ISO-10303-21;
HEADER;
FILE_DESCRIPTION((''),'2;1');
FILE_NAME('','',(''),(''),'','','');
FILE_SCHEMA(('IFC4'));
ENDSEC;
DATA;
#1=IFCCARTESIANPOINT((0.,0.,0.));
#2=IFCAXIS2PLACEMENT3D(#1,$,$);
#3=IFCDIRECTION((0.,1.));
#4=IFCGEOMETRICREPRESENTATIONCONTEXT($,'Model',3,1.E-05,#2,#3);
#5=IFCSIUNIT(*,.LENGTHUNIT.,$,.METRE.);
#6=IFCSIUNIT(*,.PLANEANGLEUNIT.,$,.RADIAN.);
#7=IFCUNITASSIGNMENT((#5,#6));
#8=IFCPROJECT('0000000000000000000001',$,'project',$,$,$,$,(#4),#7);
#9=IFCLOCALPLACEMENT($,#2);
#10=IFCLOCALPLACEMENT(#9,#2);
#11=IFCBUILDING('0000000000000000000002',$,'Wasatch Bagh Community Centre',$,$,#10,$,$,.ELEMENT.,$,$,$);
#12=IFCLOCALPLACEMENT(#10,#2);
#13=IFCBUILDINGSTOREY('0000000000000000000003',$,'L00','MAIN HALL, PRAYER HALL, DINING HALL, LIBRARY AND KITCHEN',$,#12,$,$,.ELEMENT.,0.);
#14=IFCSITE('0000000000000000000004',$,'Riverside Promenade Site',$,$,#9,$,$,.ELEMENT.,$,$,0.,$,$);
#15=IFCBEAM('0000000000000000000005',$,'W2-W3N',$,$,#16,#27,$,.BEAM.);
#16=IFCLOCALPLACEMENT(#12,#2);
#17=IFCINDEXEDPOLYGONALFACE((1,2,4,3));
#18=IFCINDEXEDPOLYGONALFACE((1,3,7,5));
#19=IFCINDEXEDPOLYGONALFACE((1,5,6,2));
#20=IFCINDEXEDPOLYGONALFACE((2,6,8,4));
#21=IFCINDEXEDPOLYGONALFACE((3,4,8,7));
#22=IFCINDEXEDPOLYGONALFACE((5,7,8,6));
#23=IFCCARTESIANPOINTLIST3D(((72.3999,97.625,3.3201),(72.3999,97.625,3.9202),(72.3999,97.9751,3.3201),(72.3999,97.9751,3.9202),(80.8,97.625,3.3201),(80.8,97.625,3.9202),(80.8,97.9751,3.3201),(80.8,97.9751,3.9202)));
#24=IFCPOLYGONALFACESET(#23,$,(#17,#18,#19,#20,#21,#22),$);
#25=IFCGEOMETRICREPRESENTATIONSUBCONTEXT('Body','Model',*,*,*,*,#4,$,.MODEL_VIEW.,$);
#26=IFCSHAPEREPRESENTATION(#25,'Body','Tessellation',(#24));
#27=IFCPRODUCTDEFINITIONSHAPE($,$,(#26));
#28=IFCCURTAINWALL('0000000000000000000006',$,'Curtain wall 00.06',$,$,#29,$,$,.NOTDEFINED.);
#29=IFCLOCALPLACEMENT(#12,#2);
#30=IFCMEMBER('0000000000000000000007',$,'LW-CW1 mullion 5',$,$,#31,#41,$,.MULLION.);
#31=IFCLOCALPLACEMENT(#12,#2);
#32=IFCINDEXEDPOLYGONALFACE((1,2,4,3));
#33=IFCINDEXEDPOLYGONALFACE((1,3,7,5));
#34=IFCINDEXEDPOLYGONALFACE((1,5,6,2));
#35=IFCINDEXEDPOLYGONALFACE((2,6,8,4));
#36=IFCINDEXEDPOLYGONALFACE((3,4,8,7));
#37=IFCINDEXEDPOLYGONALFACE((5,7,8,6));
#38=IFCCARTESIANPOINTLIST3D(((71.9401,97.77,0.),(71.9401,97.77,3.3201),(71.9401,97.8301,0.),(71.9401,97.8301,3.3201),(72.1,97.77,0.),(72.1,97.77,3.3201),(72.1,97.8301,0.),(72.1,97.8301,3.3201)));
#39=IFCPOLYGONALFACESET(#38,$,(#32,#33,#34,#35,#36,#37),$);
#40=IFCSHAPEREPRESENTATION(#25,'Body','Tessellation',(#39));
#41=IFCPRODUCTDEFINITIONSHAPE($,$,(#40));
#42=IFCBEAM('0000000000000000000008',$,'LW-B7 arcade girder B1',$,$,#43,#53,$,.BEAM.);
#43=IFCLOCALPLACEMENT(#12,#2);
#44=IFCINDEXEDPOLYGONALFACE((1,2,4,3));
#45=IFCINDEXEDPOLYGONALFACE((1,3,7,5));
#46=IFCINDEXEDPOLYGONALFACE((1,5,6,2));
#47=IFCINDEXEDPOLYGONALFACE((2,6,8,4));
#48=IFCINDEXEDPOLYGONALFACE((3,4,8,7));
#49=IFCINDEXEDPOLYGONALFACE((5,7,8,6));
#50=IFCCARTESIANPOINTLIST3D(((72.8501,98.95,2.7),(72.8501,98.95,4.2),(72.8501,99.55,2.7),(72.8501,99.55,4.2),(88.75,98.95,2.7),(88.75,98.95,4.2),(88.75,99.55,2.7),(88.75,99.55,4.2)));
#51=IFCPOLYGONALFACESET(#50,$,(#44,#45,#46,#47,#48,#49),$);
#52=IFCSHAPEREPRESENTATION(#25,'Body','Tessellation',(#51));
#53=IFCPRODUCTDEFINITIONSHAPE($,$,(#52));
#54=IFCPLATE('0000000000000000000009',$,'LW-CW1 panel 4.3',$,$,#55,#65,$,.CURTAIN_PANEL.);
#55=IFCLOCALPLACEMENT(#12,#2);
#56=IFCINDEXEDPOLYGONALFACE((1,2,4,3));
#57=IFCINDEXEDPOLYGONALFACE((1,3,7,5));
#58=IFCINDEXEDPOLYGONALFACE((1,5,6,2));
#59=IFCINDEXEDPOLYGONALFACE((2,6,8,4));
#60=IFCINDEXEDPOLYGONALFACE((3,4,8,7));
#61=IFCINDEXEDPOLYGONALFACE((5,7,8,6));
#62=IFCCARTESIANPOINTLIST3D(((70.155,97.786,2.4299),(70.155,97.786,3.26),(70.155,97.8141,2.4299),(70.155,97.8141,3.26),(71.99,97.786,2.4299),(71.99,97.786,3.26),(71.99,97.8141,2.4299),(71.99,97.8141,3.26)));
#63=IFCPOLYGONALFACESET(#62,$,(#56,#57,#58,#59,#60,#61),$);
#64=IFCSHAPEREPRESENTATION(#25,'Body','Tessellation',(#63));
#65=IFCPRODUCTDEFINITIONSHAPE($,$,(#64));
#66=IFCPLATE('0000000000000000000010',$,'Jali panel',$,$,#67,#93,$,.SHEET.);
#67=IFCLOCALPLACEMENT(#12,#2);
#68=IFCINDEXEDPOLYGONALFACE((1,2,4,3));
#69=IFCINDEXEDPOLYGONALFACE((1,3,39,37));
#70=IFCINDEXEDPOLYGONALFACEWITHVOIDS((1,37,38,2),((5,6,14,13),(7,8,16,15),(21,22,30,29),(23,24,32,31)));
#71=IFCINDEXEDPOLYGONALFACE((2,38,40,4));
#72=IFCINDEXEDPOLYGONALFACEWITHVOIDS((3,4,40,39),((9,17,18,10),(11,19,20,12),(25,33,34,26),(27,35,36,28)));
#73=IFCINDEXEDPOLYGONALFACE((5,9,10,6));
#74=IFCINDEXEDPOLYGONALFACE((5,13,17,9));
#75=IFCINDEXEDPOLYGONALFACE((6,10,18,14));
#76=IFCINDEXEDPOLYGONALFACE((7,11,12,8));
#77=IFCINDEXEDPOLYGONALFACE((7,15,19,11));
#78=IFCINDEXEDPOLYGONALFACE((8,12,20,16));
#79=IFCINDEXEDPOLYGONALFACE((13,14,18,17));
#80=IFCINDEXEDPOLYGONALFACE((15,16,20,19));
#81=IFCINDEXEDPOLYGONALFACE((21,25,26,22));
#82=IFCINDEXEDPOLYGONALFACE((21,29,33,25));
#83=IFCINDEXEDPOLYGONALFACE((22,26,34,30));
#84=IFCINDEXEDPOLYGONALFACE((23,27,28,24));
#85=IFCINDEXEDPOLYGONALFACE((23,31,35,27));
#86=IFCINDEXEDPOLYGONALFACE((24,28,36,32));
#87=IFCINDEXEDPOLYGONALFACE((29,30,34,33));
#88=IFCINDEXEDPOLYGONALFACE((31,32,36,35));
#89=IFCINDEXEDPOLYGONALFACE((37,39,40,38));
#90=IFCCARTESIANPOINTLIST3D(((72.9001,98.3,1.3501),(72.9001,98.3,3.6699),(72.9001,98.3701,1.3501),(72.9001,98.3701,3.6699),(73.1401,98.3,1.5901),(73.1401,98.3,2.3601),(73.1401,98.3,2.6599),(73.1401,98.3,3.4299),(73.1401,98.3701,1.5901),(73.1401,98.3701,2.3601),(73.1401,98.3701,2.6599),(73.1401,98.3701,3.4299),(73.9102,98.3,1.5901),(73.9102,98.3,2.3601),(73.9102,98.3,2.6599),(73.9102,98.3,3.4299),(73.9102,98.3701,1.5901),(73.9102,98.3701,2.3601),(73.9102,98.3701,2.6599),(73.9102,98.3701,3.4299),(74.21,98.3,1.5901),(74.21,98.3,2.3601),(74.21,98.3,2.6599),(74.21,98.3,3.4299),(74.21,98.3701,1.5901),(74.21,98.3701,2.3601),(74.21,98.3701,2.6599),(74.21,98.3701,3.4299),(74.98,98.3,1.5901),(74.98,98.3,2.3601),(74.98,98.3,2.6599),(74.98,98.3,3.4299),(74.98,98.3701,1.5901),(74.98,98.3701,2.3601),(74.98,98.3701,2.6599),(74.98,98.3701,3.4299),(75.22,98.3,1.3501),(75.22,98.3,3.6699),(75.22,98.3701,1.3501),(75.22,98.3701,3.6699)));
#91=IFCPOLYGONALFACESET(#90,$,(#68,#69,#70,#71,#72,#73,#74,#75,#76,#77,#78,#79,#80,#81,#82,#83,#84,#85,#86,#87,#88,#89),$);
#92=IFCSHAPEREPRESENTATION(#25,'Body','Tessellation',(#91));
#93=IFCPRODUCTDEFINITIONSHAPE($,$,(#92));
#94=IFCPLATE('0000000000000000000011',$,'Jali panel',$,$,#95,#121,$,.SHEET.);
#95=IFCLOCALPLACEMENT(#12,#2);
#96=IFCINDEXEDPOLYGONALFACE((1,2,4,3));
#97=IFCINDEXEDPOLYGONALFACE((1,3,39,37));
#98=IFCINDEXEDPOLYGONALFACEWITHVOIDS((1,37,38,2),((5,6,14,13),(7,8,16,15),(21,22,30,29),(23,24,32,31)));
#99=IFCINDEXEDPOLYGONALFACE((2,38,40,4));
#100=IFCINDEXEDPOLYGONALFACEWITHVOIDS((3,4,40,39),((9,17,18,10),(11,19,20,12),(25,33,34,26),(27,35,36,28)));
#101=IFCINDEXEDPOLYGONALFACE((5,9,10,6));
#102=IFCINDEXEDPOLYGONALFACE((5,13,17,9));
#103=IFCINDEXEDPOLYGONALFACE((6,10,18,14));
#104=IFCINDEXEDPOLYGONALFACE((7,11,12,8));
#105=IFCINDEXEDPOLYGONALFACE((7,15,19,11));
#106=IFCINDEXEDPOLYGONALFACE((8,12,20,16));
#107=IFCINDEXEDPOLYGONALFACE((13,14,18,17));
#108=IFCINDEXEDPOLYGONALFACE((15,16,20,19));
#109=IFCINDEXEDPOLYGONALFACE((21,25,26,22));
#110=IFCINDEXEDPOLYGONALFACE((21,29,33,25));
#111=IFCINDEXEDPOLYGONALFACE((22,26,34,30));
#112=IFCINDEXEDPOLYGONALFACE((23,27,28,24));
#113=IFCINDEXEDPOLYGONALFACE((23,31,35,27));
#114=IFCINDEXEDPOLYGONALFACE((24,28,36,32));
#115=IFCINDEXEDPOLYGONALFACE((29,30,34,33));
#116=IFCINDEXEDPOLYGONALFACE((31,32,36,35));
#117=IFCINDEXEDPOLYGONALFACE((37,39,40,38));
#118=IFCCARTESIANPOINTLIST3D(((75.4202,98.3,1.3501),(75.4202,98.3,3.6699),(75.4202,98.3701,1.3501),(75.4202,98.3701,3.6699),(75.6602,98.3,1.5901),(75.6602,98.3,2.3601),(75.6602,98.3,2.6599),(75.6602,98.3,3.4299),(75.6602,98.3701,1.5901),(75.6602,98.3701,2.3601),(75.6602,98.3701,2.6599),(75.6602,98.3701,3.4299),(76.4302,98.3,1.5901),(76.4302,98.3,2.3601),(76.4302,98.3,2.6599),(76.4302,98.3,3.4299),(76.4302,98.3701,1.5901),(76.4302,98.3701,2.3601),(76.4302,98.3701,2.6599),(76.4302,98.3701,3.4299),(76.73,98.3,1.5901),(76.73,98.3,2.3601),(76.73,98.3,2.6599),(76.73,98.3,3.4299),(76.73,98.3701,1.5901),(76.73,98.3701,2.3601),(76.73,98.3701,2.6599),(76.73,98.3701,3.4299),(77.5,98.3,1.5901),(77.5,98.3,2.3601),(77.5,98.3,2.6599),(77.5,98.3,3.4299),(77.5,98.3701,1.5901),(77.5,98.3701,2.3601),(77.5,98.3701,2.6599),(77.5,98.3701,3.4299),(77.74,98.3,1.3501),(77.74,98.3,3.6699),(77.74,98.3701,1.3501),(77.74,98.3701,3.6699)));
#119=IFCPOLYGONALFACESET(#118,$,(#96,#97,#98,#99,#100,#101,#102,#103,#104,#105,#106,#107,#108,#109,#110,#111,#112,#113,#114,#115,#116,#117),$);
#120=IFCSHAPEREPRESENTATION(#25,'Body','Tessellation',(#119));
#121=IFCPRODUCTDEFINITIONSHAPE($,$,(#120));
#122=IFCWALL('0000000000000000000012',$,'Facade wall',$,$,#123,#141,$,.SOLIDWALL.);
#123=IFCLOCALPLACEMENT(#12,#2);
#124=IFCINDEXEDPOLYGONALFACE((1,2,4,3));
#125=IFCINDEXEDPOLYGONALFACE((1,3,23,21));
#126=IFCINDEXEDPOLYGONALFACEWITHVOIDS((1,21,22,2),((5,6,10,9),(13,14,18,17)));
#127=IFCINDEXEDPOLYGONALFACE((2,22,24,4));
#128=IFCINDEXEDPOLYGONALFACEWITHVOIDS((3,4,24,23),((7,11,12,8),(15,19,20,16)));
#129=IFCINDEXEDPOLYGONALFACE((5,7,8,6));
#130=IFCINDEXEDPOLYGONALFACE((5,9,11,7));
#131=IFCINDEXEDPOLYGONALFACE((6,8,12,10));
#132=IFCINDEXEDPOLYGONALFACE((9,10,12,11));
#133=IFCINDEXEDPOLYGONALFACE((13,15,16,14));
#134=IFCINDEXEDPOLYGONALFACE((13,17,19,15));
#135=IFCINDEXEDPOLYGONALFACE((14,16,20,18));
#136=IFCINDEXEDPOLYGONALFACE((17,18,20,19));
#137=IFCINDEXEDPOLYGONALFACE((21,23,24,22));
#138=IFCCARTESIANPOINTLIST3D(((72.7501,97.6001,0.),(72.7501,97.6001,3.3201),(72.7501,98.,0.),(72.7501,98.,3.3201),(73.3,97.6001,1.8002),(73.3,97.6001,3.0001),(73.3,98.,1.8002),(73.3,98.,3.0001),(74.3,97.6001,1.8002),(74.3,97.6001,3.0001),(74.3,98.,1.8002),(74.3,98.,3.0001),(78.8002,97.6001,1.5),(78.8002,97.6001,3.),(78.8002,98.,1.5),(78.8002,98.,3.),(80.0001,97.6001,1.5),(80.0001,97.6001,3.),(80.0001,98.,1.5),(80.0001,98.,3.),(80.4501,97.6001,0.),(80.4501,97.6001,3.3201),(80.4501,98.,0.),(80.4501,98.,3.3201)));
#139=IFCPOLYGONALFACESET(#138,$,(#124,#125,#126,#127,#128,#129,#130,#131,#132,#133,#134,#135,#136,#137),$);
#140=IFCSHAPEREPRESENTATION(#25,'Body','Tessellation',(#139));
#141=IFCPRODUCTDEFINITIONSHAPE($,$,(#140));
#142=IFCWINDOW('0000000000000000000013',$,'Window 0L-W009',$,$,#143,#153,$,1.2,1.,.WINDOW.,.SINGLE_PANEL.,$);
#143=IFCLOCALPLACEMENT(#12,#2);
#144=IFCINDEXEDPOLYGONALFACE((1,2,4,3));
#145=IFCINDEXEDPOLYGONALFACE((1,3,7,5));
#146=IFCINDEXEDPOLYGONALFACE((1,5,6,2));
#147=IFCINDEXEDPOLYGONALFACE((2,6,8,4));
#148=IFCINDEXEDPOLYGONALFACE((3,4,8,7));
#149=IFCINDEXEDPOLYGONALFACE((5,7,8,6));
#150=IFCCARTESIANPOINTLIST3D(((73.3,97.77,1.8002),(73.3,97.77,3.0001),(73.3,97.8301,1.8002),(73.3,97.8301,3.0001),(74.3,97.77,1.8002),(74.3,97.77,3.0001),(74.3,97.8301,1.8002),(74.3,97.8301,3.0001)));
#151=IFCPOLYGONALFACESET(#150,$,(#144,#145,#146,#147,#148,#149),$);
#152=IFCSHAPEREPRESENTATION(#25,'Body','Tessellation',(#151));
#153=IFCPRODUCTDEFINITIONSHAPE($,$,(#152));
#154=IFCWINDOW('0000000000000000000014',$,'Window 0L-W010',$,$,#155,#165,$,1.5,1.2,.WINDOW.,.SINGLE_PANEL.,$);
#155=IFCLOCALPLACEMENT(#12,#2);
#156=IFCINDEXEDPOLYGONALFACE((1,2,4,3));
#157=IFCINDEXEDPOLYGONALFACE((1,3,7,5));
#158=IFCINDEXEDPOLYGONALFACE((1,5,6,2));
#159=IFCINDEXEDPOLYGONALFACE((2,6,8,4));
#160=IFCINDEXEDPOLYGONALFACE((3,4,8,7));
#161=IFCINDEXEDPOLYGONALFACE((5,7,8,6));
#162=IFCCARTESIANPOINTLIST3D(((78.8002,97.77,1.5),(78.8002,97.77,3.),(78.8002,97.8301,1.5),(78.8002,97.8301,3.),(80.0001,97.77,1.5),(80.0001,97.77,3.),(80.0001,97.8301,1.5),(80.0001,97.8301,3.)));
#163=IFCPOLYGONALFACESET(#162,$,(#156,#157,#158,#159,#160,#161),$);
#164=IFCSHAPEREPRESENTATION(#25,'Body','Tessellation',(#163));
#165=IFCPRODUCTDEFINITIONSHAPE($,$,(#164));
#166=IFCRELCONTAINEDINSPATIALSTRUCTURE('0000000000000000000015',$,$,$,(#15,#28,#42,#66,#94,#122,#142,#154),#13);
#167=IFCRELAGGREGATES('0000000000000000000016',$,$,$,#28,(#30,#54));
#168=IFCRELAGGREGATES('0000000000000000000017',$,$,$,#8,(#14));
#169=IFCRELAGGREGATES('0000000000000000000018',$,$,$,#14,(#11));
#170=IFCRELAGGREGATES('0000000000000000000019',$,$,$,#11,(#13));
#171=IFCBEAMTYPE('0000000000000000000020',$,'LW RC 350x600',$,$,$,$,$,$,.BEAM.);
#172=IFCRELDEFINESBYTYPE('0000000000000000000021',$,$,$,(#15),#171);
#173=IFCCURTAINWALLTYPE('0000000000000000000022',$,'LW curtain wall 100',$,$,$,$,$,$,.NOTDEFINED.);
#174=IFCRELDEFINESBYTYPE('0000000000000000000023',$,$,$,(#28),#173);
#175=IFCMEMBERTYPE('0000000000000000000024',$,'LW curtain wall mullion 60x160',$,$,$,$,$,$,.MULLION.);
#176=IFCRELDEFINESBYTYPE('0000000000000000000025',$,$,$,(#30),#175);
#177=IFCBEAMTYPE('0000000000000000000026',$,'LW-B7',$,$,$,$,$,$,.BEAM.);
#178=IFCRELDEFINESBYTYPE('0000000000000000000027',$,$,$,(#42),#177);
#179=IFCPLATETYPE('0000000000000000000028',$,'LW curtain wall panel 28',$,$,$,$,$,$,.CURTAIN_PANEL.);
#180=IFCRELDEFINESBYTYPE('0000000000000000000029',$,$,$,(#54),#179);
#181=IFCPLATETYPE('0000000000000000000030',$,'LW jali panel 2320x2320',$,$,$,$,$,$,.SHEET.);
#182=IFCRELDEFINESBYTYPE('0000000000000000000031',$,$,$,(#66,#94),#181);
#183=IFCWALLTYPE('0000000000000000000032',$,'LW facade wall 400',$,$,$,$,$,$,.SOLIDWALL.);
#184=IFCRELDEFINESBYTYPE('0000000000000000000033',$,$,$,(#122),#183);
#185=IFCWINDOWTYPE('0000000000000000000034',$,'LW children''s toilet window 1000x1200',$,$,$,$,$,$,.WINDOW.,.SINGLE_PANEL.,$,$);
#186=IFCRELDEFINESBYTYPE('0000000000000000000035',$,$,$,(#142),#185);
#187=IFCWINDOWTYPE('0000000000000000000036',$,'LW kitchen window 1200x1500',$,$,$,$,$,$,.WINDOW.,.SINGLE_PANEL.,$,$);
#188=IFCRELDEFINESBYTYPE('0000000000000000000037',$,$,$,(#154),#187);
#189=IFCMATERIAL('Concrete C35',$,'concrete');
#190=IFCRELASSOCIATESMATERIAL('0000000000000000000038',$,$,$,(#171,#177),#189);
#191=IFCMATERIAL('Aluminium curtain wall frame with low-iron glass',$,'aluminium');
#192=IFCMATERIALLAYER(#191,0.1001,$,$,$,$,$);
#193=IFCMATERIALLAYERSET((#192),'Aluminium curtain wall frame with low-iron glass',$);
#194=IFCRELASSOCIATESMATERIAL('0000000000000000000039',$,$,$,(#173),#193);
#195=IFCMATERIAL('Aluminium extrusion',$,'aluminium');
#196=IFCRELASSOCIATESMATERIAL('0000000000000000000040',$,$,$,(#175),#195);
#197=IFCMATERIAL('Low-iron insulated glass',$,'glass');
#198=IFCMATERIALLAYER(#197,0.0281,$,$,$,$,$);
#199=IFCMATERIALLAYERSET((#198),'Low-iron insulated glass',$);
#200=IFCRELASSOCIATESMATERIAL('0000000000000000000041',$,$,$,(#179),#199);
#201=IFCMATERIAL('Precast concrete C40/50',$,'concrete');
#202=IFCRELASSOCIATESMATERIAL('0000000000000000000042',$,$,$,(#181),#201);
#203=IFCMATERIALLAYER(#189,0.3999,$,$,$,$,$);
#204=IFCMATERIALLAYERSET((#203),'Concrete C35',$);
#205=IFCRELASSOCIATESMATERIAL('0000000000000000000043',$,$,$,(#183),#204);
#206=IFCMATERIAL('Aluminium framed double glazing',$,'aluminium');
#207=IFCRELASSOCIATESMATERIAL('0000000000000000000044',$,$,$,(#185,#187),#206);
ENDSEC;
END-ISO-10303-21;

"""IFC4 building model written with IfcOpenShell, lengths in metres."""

from ifc_helpers import new_model, si_unit, direction, frame, frame_2d, origin, origin_2d, place, context, subcontext, project, spatial, polyline, rectangle, outline, extrude, material, layer, layer_set, material_profile, profile_set, type_object, element, fill, aggregate, save


model = new_model("IFC4")

# Units and contexts
model_context = context("Model", 3, precision=1e-05, world=origin(), true_north=direction((0.0, 1.0)))
body_context = subcontext(model_context, "Body", "Model", "MODEL_VIEW")
ifc_project = project(units=[si_unit("LENGTHUNIT", "METRE"), si_unit("PLANEANGLEUNIT", "RADIAN")], contexts=[model_context])

# Site, building, storey
site_placement = place(None, origin())
site = spatial("IfcSite", under=ifc_project, at=site_placement, Name="Riverside Promenade Site", CompositionType="ELEMENT", RefElevation=0.0)
building_placement = place(site_placement, origin())
building = spatial("IfcBuilding", under=site, at=building_placement, Name="Wasatch Bagh Community Centre", CompositionType="ELEMENT")
storey_placement = place(building_placement, origin())
storey = spatial("IfcBuildingStorey", under=building, at=storey_placement, Name="L00", Description="MAIN HALL, PRAYER HALL, DINING HALL, LIBRARY AND KITCHEN", CompositionType="ELEMENT", Elevation=0.0)

# Shared definitions
ifc_material_1 = material(Name="Concrete C35", Category="concrete")

# Beam
ifc_material_profile_1 = material_profile(ifc_material_1, rectangle(XDim=0.3501, YDim=0.6001, at=origin_2d()), Name="RC 350x600")
ifc_profile_set_1 = profile_set([ifc_material_profile_1], Name="Concrete C35")
beam_type_1 = type_object("IfcBeamType", Name="LW RC 350x600", PredefinedType="BEAM", material=ifc_profile_set_1)
beam_1_placement = place(storey_placement, frame((72.3999, 97.8, 3.6201), z_axis=(1.0, 0.0, 0.0), x_axis=(0.0, 1.0, 0.0)))
element("IfcBeam", 1, at=beam_1_placement, inside=storey, type_object=beam_type_1, Name="W2-W3N", PredefinedType="BEAM", context=body_context, shape_type="SweptSolid", body=[
    extrude(rectangle(XDim=0.3501, YDim=0.6001, at=origin_2d()), origin(), (0.0, 0.0, 1.0), 8.4001),
])

# Curtain wall, member
ifc_material_2 = material(Name="Aluminium curtain wall frame with low-iron glass", Category="aluminium")
ifc_layer_1 = layer(ifc_material_2, 0.1001)
ifc_layer_set_1 = layer_set([ifc_layer_1], Name="Aluminium curtain wall frame with low-iron glass")
curtain_wall_type = type_object("IfcCurtainWallType", Name="LW curtain wall 100", PredefinedType="NOTDEFINED", material=ifc_layer_set_1)
curtain_wall_placement = place(storey_placement, origin())
curtain_wall = element("IfcCurtainWall", 2, at=curtain_wall_placement, inside=storey, type_object=curtain_wall_type, Name="Curtain wall 00.06", PredefinedType="NOTDEFINED")
ifc_material_3 = material(Name="Aluminium extrusion", Category="aluminium")
ifc_material_profile_2 = material_profile(ifc_material_3, rectangle(XDim=0.0601, YDim=0.1599, at=origin_2d()), Name="AL 60x160")
ifc_profile_set_2 = profile_set([ifc_material_profile_2], Name="Aluminium extrusion")
member_type = type_object("IfcMemberType", Name="LW curtain wall mullion 60x160", PredefinedType="MULLION", material=ifc_profile_set_2)
member_placement = place(storey_placement, frame((72.02, 97.8, 0.0), z_axis=(0.0, 0.0, 1.0), x_axis=(0.0, 1.0, 0.0)))
member = element("IfcMember", 3, at=member_placement, type_object=member_type, Name="LW-CW1 mullion 5", PredefinedType="MULLION", context=body_context, shape_type="SweptSolid", body=[
    extrude(rectangle(XDim=0.0601, YDim=0.1599, at=origin_2d()), origin(), (0.0, 0.0, 1.0), 3.3201),
])

# Beam
ifc_material_profile_3 = material_profile(ifc_material_1, rectangle(XDim=0.6001, YDim=1.5, at=origin_2d()), Name="RC 600x1500")
ifc_profile_set_3 = profile_set([ifc_material_profile_3], Name="Concrete C35")
beam_type_2 = type_object("IfcBeamType", Name="LW-B7", PredefinedType="BEAM", material=ifc_profile_set_3)
beam_2_placement = place(storey_placement, frame((72.8501, 99.25, 3.45), z_axis=(1.0, 0.0, 0.0), x_axis=(0.0, 1.0, 0.0)))
element("IfcBeam", 4, at=beam_2_placement, inside=storey, type_object=beam_type_2, Name="LW-B7 arcade girder B1", PredefinedType="BEAM", context=body_context, shape_type="SweptSolid", body=[
    extrude(rectangle(XDim=0.6001, YDim=1.5, at=origin_2d()), origin(), (0.0, 0.0, 1.0), 15.8999),
])

# Plate
ifc_material_4 = material(Name="Low-iron insulated glass", Category="glass")
ifc_layer_2 = layer(ifc_material_4, 0.0281)
ifc_layer_set_2 = layer_set([ifc_layer_2], Name="Low-iron insulated glass")
plate_type_1 = type_object("IfcPlateType", Name="LW curtain wall panel 28", PredefinedType="CURTAIN_PANEL", material=ifc_layer_set_2)
plate_placement = place(storey_placement, frame((71.0725, 97.8, 2.4299), z_axis=(0.0, 0.0, 1.0), x_axis=(1.0, 0.0, 0.0)))
plate = element("IfcPlate", 5, at=plate_placement, type_object=plate_type_1, Name="LW-CW1 panel 4.3", PredefinedType="CURTAIN_PANEL", context=body_context, shape_type="SweptSolid", body=[
    extrude(rectangle(XDim=1.835, YDim=0.0281, at=origin_2d()), origin(), (0.0, 0.0, 1.0), 0.8301),
])
aggregate(curtain_wall, [member, plate])

# Plates
ifc_material_5 = material(Name="Precast concrete C40/50", Category="concrete")
ifc_material_profile_4 = material_profile(ifc_material_5, outline(polyline([(-1.1599, -1.1599), (1.1599, -1.1599), (1.1599, 1.1599), (-1.1599, 1.1599), (-1.1599, -1.1599)]), holes=[polyline([(-0.9199, -0.9199), (-0.1499, -0.9199), (-0.1499, -0.1499), (-0.9199, -0.1499), (-0.9199, -0.9199)]), polyline([(-0.9199, 0.1499), (-0.1499, 0.1499), (-0.1499, 0.9199), (-0.9199, 0.9199), (-0.9199, 0.1499)]), polyline([(0.1499, -0.9199), (0.9199, -0.9199), (0.9199, -0.1499), (0.1499, -0.1499), (0.1499, -0.9199)]), polyline([(0.1499, 0.1499), (0.9199, 0.1499), (0.9199, 0.9199), (0.1499, 0.9199), (0.1499, 0.1499)])]), Name="Jali lattice")
ifc_profile_set_4 = profile_set([ifc_material_profile_4], Name="Precast concrete C40/50")
plate_type_2 = type_object("IfcPlateType", Name="LW jali panel 2320x2320", PredefinedType="SHEET", material=ifc_profile_set_4)
for number, where, z_axis, x_axis, name in (
    (6, (74.0601, 98.3, 2.51), (0.0, 1.0, 0.0), (-1.0, 0.0, 0.0), "Jali panel"),
    (7, (76.5801, 98.3, 2.51), (0.0, 1.0, 0.0), (-1.0, 0.0, 0.0), "Jali panel"),
):
    element("IfcPlate", number, at=place(storey_placement, frame(where, z_axis=z_axis, x_axis=x_axis)), inside=storey, type_object=plate_type_2, Name=name, PredefinedType="SHEET", context=body_context, shape_type="SweptSolid", body=[
        extrude(outline(polyline([(-1.1599, -1.1599), (1.1599, -1.1599), (1.1599, 1.1599), (-1.1599, 1.1599), (-1.1599, -1.1599)]), holes=[polyline([(-0.9199, -0.9199), (-0.1499, -0.9199), (-0.1499, -0.1499), (-0.9199, -0.1499), (-0.9199, -0.9199)]), polyline([(-0.9199, 0.1499), (-0.1499, 0.1499), (-0.1499, 0.9199), (-0.9199, 0.9199), (-0.9199, 0.1499)]), polyline([(0.1499, -0.9199), (0.9199, -0.9199), (0.9199, -0.1499), (0.1499, -0.1499), (0.1499, -0.9199)]), polyline([(0.1499, 0.1499), (0.9199, 0.1499), (0.9199, 0.9199), (0.1499, 0.9199), (0.1499, 0.1499)])]), origin(), (0.0, 0.0, 1.0), 0.0701),
    ])

# Wall, openings, windows
ifc_layer_3 = layer(ifc_material_1, 0.3999)
ifc_layer_set_3 = layer_set([ifc_layer_3], Name="Concrete C35")
wall_type = type_object("IfcWallType", Name="LW facade wall 400", PredefinedType="SOLIDWALL", material=ifc_layer_set_3)
wall_placement = place(storey_placement, frame((72.75, 97.8, 0.0), z_axis=(0.0, 0.0, 1.0), x_axis=(1.0, 0.0, 0.0)))
wall = element("IfcWall", 8, at=wall_placement, inside=storey, type_object=wall_type, Name="Facade wall", PredefinedType="SOLIDWALL", context=body_context, shape_type="SweptSolid", body=[
    extrude(rectangle(XDim=7.7, YDim=0.3999, at=frame_2d((3.8501, 0.0))), origin(), (0.0, 0.0, 1.0), 3.3201),
])
opening_1_placement = place(wall_placement, frame((0.55, 0.0, 1.8)))
opening_1 = element("IfcOpeningElement", 9, at=opening_1_placement, cuts=wall, PredefinedType="OPENING", context=body_context, shape_type="SweptSolid", body=[
    extrude(rectangle(XDim=1.0, YDim=1.2, at=frame_2d((0.5, 0.6001))), frame((0.0, 0.21, 0.0), z_axis=(0.0, -1.0, 0.0), x_axis=(1.0, 0.0, 0.0)), (0.0, 0.0, 1.0), 0.4199),
])
opening_2_placement = place(wall_placement, frame((6.05, 0.0, 1.5)))
opening_2 = element("IfcOpeningElement", 10, at=opening_2_placement, cuts=wall, PredefinedType="OPENING", context=body_context, shape_type="SweptSolid", body=[
    extrude(rectangle(XDim=1.2, YDim=1.5, at=frame_2d((0.6001, 0.75))), frame((0.0, 0.21, 0.0), z_axis=(0.0, -1.0, 0.0), x_axis=(1.0, 0.0, 0.0)), (0.0, 0.0, 1.0), 0.4199),
])
ifc_material_6 = material(Name="Aluminium framed double glazing", Category="aluminium")
window_type_1 = type_object("IfcWindowType", Name="LW children's toilet window 1000x1200", PartitioningType="SINGLE_PANEL", PredefinedType="WINDOW", material=ifc_material_6)
window_1_placement = place(opening_1_placement, origin())
window_1 = element("IfcWindow", 11, at=window_1_placement, inside=storey, type_object=window_type_1, Name="Window 0L-W009", OverallHeight=1.2, OverallWidth=1.0, PartitioningType="SINGLE_PANEL", PredefinedType="WINDOW", context=body_context, shape_type="SweptSolid", body=[
    extrude(rectangle(XDim=1.0, YDim=1.2, at=frame_2d((0.5, 0.6001))), frame((0.0, 0.03, 0.0), z_axis=(0.0, -1.0, 0.0), x_axis=(1.0, 0.0, 0.0)), (0.0, 0.0, 1.0), 0.0601),
])
fill(opening_1, window_1)
window_type_2 = type_object("IfcWindowType", Name="LW kitchen window 1200x1500", PartitioningType="SINGLE_PANEL", PredefinedType="WINDOW", material=ifc_material_6)
window_2_placement = place(opening_2_placement, origin())
window_2 = element("IfcWindow", 12, at=window_2_placement, inside=storey, type_object=window_type_2, Name="Window 0L-W010", OverallHeight=1.5, OverallWidth=1.2, PartitioningType="SINGLE_PANEL", PredefinedType="WINDOW", context=body_context, shape_type="SweptSolid", body=[
    extrude(rectangle(XDim=1.2, YDim=1.5, at=frame_2d((0.6001, 0.75))), frame((0.0, 0.03, 0.0), z_axis=(0.0, -1.0, 0.0), x_axis=(1.0, 0.0, 0.0)), (0.0, 0.0, 1.0), 0.0601),
])
fill(opening_2, window_2)

save(model, "model.ifc")
